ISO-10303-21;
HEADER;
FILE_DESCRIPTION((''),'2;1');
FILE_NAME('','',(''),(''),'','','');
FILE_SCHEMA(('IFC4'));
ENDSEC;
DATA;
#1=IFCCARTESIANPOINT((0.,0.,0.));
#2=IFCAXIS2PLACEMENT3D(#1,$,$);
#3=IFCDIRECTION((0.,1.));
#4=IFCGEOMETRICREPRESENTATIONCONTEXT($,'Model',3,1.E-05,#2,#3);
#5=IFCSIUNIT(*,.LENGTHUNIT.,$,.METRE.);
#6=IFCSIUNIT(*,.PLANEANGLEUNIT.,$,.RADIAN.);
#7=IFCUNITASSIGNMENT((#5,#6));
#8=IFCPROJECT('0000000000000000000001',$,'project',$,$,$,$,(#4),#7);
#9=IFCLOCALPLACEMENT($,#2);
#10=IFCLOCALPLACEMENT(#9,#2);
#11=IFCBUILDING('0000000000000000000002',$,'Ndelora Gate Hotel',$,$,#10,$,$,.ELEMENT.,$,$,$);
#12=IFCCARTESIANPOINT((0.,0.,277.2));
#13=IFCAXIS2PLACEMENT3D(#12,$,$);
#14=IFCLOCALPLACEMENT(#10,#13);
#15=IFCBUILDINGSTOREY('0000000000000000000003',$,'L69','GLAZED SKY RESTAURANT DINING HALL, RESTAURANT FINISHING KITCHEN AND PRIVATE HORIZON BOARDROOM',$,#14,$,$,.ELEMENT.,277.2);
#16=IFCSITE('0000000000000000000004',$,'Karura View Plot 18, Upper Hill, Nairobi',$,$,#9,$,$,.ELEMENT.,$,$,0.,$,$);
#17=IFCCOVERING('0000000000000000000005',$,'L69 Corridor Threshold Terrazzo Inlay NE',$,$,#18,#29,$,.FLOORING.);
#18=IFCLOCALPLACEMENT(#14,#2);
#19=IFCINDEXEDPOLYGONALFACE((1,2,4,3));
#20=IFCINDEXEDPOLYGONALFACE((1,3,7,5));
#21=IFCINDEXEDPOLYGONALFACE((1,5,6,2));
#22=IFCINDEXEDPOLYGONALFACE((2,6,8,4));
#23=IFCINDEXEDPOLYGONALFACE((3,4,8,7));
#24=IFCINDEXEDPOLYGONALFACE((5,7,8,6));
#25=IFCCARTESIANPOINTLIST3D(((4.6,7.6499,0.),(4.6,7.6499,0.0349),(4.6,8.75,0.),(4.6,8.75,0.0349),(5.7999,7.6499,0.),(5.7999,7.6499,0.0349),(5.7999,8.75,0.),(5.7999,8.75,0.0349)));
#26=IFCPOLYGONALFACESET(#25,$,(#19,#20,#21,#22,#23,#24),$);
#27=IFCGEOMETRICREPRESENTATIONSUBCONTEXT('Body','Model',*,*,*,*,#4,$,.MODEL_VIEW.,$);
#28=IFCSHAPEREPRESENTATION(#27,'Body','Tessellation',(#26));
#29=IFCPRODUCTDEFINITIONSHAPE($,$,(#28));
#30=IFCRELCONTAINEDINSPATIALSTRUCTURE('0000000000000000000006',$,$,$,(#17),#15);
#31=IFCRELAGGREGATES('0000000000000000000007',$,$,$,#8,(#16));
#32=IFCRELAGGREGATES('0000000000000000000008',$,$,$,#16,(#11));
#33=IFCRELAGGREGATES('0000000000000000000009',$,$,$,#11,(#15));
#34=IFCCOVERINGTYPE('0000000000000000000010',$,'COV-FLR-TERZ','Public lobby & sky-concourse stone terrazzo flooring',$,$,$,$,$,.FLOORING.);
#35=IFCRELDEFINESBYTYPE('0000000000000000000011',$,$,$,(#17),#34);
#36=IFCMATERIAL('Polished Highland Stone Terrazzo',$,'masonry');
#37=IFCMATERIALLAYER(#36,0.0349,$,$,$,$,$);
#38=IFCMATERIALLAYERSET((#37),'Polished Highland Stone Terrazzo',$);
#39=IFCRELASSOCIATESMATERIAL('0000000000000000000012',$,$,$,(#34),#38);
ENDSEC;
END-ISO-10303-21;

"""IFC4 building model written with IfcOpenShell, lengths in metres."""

from ifc_helpers import new_model, si_unit, direction, frame, origin, origin_2d, place, context, subcontext, project, spatial, rectangle, extrude, material, layer, layer_set, type_object, element, save


model = new_model("IFC4")

# Units and contexts
model_context = context("Model", 3, precision=1e-05, world=origin(), true_north=direction((0.0, 1.0)))
body_context = subcontext(model_context, "Body", "Model", "MODEL_VIEW")
ifc_project = project(units=[si_unit("LENGTHUNIT", "METRE"), si_unit("PLANEANGLEUNIT", "RADIAN")], contexts=[model_context])

# Site, building, storey
site_placement = place(None, origin())
site = spatial("IfcSite", under=ifc_project, at=site_placement, Name="Karura View Plot 18, Upper Hill, Nairobi", CompositionType="ELEMENT", RefElevation=0.0)
building_placement = place(site_placement, origin())
building = spatial("IfcBuilding", under=site, at=building_placement, Name="Ndelora Gate Hotel", CompositionType="ELEMENT")
storey_placement = place(building_placement, frame((0.0, 0.0, 277.2)))
storey = spatial("IfcBuildingStorey", under=building, at=storey_placement, Name="L69", Description="GLAZED SKY RESTAURANT DINING HALL, RESTAURANT FINISHING KITCHEN AND PRIVATE HORIZON BOARDROOM", CompositionType="ELEMENT", Elevation=277.2)

# Covering
ifc_material_1 = material(Name="Polished Highland Stone Terrazzo", Category="masonry")
ifc_layer_1 = layer(ifc_material_1, 0.0349)
ifc_layer_set_1 = layer_set([ifc_layer_1], Name="Polished Highland Stone Terrazzo")
covering_type_1 = type_object("IfcCoveringType", Name="COV-FLR-TERZ", Description="Public lobby & sky-concourse stone terrazzo flooring", PredefinedType="FLOORING", material=ifc_layer_set_1)
covering_1_placement = place(storey_placement, frame((5.2, 8.2, 0.0), z_axis=(0.0, 0.0, 1.0), x_axis=(1.0, 0.0, 0.0)))
element("IfcCovering", 1, at=covering_1_placement, inside=storey, type_object=covering_type_1, Name="L69 Corridor Threshold Terrazzo Inlay NE", PredefinedType="FLOORING", context=body_context, shape_type="SweptSolid", body=[
    extrude(rectangle(XDim=1.2, YDim=1.1001, at=origin_2d()), origin(), (0.0, 0.0, 1.0), 0.0349),
])

save(model, "model.ifc")
